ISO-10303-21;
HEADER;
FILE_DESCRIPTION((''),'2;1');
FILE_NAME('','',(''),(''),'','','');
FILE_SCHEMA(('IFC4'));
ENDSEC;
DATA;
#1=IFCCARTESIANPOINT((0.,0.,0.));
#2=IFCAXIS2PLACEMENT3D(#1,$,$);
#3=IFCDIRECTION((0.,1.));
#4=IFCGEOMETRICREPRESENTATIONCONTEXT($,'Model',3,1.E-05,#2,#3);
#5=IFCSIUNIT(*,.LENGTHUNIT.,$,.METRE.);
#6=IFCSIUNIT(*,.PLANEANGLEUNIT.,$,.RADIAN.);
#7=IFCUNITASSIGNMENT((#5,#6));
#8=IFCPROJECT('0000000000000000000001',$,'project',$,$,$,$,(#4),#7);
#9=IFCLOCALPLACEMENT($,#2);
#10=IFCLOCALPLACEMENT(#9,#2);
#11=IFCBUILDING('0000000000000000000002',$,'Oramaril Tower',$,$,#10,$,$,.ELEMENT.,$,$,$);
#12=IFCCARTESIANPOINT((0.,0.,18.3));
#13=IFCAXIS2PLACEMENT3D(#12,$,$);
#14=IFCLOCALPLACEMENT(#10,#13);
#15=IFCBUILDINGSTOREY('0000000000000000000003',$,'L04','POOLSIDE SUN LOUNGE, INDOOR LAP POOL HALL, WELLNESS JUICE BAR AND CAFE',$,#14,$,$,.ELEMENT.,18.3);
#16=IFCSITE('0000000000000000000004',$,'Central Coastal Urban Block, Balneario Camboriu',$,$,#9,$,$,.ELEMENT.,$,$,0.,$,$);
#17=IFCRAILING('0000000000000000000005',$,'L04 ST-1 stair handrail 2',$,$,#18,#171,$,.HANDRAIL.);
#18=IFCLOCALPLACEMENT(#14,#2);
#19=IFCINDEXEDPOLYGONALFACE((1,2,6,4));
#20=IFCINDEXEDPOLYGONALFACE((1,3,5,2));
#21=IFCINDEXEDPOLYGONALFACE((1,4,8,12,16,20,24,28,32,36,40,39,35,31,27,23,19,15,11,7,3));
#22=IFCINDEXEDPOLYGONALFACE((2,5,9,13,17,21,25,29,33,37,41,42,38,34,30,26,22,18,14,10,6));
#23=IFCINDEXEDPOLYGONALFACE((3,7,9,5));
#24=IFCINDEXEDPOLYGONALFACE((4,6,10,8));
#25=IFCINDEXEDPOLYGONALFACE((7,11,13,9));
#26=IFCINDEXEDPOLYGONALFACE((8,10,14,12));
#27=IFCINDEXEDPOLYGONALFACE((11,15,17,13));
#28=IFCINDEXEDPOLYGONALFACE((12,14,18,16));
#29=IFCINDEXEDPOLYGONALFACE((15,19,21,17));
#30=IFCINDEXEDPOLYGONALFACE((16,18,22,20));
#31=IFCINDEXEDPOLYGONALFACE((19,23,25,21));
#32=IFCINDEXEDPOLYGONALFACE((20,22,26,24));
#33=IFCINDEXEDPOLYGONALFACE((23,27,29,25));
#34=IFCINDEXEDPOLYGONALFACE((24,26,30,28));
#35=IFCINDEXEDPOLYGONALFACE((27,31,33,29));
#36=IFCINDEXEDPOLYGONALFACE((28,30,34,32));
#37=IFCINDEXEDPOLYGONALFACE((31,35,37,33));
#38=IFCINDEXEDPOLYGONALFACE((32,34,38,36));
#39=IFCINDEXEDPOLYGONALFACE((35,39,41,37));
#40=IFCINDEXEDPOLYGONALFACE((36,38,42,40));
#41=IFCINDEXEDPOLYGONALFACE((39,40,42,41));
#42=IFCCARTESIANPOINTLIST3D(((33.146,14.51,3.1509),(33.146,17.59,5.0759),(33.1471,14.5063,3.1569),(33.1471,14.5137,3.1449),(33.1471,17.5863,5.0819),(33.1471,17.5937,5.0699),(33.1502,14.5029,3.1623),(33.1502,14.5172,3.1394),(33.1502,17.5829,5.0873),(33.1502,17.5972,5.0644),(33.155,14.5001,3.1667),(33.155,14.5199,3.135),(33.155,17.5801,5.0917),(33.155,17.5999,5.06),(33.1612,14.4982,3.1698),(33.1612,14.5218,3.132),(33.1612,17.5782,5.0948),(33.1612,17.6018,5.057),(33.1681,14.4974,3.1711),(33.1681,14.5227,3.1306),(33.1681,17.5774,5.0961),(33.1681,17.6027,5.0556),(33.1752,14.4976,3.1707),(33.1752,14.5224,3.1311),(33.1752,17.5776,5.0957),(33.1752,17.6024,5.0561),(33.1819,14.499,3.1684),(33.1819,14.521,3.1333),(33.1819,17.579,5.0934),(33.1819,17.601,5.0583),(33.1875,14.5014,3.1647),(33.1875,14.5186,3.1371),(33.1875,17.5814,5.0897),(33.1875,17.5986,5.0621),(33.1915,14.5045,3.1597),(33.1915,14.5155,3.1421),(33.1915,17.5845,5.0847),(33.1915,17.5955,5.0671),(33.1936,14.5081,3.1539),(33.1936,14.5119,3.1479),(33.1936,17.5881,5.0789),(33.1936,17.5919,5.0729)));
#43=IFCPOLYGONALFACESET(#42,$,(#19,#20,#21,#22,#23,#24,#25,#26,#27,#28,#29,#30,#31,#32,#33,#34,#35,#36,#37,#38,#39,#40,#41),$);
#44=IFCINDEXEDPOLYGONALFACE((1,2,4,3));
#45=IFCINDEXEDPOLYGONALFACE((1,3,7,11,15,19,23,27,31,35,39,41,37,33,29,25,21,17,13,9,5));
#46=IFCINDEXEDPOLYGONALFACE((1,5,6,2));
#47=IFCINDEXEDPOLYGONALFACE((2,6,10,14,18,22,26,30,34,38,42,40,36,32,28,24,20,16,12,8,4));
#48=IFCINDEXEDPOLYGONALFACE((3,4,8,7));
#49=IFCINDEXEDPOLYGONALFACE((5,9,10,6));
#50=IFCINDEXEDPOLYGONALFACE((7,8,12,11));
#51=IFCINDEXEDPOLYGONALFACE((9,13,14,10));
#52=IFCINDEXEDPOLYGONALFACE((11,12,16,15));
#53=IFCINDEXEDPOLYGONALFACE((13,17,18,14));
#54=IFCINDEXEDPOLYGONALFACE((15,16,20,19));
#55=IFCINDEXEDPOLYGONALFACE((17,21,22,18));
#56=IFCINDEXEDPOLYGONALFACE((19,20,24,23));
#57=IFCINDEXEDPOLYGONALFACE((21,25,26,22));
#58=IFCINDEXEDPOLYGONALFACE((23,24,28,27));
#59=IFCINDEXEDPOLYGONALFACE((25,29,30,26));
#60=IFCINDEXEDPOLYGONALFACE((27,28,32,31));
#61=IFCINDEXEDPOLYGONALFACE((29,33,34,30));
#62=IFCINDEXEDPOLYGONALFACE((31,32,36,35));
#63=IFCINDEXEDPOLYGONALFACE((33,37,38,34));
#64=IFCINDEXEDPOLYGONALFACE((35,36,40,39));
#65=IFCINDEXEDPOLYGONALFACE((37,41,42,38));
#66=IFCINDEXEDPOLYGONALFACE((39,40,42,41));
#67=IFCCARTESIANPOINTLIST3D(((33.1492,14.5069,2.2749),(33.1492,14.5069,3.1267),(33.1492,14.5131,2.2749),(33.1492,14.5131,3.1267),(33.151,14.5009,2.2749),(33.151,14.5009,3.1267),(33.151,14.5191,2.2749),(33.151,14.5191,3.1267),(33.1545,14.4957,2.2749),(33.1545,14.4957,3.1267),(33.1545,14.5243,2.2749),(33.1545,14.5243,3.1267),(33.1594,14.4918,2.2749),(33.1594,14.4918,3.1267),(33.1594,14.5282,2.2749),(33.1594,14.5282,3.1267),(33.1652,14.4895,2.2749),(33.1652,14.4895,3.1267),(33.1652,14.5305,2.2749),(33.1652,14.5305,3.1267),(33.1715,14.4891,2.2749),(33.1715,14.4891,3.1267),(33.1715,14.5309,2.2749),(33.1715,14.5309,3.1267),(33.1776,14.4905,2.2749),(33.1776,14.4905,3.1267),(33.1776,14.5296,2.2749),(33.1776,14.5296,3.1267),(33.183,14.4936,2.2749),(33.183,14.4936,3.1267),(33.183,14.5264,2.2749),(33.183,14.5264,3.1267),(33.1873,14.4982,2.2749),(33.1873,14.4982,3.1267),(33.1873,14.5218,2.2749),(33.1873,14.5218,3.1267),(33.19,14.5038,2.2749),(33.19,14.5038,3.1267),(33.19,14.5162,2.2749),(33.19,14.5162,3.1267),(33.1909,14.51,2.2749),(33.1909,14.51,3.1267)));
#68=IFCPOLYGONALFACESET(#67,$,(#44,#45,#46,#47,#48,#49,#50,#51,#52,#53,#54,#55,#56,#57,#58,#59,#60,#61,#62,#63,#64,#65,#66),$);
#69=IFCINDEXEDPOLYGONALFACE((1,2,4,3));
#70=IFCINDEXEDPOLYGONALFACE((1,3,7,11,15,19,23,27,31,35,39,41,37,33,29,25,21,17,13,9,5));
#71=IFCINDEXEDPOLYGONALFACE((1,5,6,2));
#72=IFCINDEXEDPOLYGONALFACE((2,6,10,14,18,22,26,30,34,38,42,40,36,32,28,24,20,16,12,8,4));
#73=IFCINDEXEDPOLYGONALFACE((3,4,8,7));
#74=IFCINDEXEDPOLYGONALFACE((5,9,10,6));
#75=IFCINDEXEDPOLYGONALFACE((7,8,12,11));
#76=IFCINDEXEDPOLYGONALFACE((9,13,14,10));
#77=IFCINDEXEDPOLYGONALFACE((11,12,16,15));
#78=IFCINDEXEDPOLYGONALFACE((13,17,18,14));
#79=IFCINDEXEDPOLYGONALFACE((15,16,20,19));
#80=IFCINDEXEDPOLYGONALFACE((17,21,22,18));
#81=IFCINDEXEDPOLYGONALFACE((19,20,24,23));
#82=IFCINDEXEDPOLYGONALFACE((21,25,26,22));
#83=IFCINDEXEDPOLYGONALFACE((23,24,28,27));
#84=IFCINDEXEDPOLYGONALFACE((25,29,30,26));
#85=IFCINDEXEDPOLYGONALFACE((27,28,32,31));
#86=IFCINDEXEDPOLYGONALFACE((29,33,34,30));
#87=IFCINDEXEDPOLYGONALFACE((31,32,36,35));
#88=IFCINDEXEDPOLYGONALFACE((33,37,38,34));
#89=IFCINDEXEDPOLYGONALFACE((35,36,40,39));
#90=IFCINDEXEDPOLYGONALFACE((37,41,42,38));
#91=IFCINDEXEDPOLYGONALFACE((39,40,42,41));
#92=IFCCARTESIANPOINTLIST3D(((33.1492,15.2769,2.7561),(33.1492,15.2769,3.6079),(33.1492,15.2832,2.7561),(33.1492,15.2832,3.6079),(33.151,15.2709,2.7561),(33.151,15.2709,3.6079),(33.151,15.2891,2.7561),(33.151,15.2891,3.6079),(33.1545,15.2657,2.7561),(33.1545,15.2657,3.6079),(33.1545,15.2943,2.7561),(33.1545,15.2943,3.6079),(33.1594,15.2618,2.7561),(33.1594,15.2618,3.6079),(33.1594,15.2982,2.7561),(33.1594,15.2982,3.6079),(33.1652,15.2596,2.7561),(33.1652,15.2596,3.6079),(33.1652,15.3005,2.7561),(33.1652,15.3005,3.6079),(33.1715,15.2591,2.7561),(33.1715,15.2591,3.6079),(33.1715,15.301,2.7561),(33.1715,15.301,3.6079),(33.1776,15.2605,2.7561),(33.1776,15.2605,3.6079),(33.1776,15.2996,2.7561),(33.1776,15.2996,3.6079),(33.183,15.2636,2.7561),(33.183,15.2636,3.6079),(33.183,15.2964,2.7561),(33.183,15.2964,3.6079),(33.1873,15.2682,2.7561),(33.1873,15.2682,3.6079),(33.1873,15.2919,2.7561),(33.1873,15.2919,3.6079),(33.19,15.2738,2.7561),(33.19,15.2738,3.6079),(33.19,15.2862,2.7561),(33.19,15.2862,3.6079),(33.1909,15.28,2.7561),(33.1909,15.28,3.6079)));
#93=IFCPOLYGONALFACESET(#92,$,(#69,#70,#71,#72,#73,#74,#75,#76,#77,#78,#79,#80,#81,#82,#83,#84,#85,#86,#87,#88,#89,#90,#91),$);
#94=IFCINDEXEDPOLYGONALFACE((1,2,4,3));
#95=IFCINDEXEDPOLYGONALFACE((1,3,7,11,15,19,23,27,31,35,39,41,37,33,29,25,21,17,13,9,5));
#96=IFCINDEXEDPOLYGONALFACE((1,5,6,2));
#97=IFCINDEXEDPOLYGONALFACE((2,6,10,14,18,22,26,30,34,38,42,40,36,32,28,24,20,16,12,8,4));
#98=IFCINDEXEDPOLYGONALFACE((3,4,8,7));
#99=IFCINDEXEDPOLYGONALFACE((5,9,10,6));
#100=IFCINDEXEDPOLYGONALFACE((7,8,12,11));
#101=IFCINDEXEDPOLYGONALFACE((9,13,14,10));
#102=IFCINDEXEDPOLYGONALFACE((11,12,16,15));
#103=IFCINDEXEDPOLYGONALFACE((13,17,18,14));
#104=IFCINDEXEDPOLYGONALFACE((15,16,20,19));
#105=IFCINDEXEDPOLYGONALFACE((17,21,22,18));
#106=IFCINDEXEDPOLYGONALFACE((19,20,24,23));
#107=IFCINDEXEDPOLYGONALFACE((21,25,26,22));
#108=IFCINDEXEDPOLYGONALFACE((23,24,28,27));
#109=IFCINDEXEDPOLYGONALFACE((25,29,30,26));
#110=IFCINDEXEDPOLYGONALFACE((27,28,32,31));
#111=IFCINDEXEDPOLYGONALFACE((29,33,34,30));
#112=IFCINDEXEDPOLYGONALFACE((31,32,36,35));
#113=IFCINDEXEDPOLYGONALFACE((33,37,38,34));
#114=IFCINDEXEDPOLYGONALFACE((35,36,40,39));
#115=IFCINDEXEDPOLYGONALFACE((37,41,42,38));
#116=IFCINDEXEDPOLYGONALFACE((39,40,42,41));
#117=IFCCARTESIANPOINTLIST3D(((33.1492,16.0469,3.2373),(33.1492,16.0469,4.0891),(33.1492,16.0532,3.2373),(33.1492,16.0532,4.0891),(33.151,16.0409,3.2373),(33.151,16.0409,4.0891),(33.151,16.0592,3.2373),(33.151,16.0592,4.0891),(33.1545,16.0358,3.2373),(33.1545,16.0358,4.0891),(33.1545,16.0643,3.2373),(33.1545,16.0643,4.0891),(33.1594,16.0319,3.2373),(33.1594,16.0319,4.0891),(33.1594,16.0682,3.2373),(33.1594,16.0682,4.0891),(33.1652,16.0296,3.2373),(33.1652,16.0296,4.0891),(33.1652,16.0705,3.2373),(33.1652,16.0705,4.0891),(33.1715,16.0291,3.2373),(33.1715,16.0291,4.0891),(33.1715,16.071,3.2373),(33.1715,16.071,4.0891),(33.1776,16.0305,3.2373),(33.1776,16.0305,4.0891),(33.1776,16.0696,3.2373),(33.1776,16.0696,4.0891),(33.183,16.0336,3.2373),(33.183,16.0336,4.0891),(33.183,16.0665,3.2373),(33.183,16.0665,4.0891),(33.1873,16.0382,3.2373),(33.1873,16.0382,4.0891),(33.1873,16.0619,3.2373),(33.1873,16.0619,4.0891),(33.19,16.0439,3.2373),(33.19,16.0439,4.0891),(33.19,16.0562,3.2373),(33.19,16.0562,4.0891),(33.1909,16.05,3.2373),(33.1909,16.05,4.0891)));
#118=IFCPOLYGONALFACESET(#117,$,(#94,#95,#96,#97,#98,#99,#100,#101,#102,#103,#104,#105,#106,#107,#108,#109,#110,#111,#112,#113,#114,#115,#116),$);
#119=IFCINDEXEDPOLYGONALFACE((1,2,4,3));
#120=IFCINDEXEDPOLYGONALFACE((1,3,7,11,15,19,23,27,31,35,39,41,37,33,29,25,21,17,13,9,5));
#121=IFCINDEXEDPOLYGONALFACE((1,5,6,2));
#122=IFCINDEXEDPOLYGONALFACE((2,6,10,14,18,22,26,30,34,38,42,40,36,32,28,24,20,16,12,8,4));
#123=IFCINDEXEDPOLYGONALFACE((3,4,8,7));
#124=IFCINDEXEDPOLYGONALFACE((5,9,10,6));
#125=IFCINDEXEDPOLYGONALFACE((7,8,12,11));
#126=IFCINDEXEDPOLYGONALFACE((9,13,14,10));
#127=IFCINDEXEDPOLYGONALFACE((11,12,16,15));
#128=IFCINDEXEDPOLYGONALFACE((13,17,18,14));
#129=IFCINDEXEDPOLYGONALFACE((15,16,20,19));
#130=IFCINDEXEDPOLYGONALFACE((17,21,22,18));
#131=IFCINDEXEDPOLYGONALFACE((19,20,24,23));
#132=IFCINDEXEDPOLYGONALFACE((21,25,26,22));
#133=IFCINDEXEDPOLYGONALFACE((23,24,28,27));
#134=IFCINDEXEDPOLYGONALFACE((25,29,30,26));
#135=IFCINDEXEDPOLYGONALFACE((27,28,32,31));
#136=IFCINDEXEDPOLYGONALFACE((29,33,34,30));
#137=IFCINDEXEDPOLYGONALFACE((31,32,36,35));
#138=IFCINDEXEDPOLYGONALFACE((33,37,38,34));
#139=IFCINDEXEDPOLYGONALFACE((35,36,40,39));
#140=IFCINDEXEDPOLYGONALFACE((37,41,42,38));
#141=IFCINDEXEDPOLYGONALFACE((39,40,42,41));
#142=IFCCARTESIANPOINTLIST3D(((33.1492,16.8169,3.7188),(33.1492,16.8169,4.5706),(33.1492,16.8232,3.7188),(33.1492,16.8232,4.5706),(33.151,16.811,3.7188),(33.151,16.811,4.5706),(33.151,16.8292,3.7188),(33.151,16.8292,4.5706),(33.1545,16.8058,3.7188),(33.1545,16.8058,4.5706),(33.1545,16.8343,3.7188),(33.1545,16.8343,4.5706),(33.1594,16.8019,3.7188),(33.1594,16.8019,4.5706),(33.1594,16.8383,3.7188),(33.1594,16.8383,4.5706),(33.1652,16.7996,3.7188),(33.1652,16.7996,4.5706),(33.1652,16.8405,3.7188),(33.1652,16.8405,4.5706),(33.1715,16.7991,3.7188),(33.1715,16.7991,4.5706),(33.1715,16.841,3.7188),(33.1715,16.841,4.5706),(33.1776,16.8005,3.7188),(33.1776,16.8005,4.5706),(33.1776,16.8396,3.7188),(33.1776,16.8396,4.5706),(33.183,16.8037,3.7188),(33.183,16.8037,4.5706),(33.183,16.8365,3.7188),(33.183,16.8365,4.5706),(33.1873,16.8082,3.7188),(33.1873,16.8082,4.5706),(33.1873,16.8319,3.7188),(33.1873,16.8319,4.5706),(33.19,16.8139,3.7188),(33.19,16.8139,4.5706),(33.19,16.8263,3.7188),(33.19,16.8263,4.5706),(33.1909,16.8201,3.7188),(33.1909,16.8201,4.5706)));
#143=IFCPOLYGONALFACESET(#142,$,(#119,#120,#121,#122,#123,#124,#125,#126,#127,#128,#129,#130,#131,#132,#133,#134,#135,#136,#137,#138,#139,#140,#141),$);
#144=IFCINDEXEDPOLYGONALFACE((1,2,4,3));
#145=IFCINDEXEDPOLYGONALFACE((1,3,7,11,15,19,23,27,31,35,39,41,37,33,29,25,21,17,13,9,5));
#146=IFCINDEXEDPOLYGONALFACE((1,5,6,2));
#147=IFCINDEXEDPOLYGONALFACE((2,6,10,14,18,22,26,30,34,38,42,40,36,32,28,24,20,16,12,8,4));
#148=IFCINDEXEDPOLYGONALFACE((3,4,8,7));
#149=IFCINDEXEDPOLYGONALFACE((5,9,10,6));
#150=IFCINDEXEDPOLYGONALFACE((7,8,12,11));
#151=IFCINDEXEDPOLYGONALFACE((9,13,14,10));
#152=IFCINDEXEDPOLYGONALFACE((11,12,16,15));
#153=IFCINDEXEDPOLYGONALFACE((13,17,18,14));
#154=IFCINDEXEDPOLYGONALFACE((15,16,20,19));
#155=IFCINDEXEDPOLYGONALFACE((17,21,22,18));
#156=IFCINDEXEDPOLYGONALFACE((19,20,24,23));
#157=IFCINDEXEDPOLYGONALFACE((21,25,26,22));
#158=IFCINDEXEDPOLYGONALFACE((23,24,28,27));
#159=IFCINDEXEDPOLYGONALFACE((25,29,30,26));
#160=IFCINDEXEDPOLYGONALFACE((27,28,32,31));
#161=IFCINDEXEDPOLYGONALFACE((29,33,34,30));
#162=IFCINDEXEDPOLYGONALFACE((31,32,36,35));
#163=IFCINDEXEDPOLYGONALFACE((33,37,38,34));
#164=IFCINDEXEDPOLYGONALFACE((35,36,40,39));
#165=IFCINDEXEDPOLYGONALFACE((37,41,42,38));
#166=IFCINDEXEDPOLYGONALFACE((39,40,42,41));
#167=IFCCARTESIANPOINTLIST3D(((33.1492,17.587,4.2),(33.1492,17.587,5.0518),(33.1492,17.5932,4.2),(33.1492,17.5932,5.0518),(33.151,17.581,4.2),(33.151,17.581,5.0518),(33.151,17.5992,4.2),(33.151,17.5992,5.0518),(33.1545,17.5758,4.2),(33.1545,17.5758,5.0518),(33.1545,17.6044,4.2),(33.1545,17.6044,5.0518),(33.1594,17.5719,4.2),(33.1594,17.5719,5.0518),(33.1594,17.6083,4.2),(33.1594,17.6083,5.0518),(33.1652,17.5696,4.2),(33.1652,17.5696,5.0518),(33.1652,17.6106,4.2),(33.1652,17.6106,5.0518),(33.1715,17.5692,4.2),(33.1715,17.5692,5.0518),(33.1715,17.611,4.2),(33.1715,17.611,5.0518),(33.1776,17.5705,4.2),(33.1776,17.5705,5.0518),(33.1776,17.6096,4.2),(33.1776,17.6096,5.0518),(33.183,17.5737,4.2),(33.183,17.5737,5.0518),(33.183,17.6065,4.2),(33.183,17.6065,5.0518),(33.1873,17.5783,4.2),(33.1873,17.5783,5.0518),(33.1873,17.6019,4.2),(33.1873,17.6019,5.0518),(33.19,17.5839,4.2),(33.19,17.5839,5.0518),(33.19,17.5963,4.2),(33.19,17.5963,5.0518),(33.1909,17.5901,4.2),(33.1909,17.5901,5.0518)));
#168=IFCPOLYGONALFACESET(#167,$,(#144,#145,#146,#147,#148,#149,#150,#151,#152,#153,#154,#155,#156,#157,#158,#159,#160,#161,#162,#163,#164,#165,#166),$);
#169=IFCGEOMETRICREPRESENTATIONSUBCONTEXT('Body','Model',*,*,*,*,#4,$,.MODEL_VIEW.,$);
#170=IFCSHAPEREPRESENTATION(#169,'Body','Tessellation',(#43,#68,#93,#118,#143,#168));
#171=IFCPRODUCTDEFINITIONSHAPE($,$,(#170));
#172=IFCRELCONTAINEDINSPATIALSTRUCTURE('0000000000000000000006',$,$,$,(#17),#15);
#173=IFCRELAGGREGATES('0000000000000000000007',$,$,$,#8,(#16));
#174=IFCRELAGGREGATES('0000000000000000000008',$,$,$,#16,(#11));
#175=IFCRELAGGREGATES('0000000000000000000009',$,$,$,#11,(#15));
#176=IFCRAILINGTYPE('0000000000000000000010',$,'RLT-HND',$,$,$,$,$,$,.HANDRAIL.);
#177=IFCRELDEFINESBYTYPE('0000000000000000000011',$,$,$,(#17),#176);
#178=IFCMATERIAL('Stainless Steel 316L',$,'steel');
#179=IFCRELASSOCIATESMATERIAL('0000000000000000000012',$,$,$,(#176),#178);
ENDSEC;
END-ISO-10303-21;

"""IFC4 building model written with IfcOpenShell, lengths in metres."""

from ifc_helpers import new_model, si_unit, direction, frame, origin, origin_2d, place, context, subcontext, project, spatial, circle, extrude, material, type_object, element, save


model = new_model("IFC4")

# Units and contexts
model_context = context("Model", 3, precision=1e-05, world=origin(), true_north=direction((0.0, 1.0)))
body_context = subcontext(model_context, "Body", "Model", "MODEL_VIEW")
ifc_project = project(units=[si_unit("LENGTHUNIT", "METRE"), si_unit("PLANEANGLEUNIT", "RADIAN")], contexts=[model_context])

# Site, building, storey
site_placement = place(None, origin())
site = spatial("IfcSite", under=ifc_project, at=site_placement, Name="Central Coastal Urban Block, Balneario Camboriu", CompositionType="ELEMENT", RefElevation=0.0)
building_placement = place(site_placement, origin())
building = spatial("IfcBuilding", under=site, at=building_placement, Name="Oramaril Tower", CompositionType="ELEMENT")
storey_placement = place(building_placement, frame((0.0, 0.0, 18.3)))
storey = spatial("IfcBuildingStorey", under=building, at=storey_placement, Name="L04", Description="POOLSIDE SUN LOUNGE, INDOOR LAP POOL HALL, WELLNESS JUICE BAR AND CAFE", CompositionType="ELEMENT", Elevation=18.3)

# Railing
ifc_material_1 = material(Name="Stainless Steel 316L", Category="steel")
railing_type_1 = type_object("IfcRailingType", Name="RLT-HND", PredefinedType="HANDRAIL", material=ifc_material_1)
railing_1_placement = place(storey_placement, frame((33.1699, 14.51, 2.2749)))
element("IfcRailing", 1, at=railing_1_placement, inside=storey, type_object=railing_type_1, Name="L04 ST-1 stair handrail 2", PredefinedType="HANDRAIL", context=body_context, shape_type="SweptSolid", body=[
    extrude(circle(Radius=0.0239, at=origin_2d()), frame((0.0, 0.0, 0.876), z_axis=(0.0, 0.847998, 0.529999), x_axis=(-1.0, 0.0, 0.0)), (0.0, 0.0, 1.0), 3.6321),
    extrude(circle(Radius=0.021, at=origin_2d()), origin(), (0.0, 0.0, 1.0), 0.8518),
    extrude(circle(Radius=0.021, at=origin_2d()), frame((0.0, 0.77, 0.4812)), (0.0, 0.0, 1.0), 0.8518),
    extrude(circle(Radius=0.021, at=origin_2d()), frame((0.0, 1.54, 0.9624)), (0.0, 0.0, 1.0), 0.8518),
    extrude(circle(Radius=0.021, at=origin_2d()), frame((0.0, 2.3101, 1.4438)), (0.0, 0.0, 1.0), 0.8518),
    extrude(circle(Radius=0.021, at=origin_2d()), frame((0.0, 3.0801, 1.925)), (0.0, 0.0, 1.0), 0.8518),
])

save(model, "model.ifc")
